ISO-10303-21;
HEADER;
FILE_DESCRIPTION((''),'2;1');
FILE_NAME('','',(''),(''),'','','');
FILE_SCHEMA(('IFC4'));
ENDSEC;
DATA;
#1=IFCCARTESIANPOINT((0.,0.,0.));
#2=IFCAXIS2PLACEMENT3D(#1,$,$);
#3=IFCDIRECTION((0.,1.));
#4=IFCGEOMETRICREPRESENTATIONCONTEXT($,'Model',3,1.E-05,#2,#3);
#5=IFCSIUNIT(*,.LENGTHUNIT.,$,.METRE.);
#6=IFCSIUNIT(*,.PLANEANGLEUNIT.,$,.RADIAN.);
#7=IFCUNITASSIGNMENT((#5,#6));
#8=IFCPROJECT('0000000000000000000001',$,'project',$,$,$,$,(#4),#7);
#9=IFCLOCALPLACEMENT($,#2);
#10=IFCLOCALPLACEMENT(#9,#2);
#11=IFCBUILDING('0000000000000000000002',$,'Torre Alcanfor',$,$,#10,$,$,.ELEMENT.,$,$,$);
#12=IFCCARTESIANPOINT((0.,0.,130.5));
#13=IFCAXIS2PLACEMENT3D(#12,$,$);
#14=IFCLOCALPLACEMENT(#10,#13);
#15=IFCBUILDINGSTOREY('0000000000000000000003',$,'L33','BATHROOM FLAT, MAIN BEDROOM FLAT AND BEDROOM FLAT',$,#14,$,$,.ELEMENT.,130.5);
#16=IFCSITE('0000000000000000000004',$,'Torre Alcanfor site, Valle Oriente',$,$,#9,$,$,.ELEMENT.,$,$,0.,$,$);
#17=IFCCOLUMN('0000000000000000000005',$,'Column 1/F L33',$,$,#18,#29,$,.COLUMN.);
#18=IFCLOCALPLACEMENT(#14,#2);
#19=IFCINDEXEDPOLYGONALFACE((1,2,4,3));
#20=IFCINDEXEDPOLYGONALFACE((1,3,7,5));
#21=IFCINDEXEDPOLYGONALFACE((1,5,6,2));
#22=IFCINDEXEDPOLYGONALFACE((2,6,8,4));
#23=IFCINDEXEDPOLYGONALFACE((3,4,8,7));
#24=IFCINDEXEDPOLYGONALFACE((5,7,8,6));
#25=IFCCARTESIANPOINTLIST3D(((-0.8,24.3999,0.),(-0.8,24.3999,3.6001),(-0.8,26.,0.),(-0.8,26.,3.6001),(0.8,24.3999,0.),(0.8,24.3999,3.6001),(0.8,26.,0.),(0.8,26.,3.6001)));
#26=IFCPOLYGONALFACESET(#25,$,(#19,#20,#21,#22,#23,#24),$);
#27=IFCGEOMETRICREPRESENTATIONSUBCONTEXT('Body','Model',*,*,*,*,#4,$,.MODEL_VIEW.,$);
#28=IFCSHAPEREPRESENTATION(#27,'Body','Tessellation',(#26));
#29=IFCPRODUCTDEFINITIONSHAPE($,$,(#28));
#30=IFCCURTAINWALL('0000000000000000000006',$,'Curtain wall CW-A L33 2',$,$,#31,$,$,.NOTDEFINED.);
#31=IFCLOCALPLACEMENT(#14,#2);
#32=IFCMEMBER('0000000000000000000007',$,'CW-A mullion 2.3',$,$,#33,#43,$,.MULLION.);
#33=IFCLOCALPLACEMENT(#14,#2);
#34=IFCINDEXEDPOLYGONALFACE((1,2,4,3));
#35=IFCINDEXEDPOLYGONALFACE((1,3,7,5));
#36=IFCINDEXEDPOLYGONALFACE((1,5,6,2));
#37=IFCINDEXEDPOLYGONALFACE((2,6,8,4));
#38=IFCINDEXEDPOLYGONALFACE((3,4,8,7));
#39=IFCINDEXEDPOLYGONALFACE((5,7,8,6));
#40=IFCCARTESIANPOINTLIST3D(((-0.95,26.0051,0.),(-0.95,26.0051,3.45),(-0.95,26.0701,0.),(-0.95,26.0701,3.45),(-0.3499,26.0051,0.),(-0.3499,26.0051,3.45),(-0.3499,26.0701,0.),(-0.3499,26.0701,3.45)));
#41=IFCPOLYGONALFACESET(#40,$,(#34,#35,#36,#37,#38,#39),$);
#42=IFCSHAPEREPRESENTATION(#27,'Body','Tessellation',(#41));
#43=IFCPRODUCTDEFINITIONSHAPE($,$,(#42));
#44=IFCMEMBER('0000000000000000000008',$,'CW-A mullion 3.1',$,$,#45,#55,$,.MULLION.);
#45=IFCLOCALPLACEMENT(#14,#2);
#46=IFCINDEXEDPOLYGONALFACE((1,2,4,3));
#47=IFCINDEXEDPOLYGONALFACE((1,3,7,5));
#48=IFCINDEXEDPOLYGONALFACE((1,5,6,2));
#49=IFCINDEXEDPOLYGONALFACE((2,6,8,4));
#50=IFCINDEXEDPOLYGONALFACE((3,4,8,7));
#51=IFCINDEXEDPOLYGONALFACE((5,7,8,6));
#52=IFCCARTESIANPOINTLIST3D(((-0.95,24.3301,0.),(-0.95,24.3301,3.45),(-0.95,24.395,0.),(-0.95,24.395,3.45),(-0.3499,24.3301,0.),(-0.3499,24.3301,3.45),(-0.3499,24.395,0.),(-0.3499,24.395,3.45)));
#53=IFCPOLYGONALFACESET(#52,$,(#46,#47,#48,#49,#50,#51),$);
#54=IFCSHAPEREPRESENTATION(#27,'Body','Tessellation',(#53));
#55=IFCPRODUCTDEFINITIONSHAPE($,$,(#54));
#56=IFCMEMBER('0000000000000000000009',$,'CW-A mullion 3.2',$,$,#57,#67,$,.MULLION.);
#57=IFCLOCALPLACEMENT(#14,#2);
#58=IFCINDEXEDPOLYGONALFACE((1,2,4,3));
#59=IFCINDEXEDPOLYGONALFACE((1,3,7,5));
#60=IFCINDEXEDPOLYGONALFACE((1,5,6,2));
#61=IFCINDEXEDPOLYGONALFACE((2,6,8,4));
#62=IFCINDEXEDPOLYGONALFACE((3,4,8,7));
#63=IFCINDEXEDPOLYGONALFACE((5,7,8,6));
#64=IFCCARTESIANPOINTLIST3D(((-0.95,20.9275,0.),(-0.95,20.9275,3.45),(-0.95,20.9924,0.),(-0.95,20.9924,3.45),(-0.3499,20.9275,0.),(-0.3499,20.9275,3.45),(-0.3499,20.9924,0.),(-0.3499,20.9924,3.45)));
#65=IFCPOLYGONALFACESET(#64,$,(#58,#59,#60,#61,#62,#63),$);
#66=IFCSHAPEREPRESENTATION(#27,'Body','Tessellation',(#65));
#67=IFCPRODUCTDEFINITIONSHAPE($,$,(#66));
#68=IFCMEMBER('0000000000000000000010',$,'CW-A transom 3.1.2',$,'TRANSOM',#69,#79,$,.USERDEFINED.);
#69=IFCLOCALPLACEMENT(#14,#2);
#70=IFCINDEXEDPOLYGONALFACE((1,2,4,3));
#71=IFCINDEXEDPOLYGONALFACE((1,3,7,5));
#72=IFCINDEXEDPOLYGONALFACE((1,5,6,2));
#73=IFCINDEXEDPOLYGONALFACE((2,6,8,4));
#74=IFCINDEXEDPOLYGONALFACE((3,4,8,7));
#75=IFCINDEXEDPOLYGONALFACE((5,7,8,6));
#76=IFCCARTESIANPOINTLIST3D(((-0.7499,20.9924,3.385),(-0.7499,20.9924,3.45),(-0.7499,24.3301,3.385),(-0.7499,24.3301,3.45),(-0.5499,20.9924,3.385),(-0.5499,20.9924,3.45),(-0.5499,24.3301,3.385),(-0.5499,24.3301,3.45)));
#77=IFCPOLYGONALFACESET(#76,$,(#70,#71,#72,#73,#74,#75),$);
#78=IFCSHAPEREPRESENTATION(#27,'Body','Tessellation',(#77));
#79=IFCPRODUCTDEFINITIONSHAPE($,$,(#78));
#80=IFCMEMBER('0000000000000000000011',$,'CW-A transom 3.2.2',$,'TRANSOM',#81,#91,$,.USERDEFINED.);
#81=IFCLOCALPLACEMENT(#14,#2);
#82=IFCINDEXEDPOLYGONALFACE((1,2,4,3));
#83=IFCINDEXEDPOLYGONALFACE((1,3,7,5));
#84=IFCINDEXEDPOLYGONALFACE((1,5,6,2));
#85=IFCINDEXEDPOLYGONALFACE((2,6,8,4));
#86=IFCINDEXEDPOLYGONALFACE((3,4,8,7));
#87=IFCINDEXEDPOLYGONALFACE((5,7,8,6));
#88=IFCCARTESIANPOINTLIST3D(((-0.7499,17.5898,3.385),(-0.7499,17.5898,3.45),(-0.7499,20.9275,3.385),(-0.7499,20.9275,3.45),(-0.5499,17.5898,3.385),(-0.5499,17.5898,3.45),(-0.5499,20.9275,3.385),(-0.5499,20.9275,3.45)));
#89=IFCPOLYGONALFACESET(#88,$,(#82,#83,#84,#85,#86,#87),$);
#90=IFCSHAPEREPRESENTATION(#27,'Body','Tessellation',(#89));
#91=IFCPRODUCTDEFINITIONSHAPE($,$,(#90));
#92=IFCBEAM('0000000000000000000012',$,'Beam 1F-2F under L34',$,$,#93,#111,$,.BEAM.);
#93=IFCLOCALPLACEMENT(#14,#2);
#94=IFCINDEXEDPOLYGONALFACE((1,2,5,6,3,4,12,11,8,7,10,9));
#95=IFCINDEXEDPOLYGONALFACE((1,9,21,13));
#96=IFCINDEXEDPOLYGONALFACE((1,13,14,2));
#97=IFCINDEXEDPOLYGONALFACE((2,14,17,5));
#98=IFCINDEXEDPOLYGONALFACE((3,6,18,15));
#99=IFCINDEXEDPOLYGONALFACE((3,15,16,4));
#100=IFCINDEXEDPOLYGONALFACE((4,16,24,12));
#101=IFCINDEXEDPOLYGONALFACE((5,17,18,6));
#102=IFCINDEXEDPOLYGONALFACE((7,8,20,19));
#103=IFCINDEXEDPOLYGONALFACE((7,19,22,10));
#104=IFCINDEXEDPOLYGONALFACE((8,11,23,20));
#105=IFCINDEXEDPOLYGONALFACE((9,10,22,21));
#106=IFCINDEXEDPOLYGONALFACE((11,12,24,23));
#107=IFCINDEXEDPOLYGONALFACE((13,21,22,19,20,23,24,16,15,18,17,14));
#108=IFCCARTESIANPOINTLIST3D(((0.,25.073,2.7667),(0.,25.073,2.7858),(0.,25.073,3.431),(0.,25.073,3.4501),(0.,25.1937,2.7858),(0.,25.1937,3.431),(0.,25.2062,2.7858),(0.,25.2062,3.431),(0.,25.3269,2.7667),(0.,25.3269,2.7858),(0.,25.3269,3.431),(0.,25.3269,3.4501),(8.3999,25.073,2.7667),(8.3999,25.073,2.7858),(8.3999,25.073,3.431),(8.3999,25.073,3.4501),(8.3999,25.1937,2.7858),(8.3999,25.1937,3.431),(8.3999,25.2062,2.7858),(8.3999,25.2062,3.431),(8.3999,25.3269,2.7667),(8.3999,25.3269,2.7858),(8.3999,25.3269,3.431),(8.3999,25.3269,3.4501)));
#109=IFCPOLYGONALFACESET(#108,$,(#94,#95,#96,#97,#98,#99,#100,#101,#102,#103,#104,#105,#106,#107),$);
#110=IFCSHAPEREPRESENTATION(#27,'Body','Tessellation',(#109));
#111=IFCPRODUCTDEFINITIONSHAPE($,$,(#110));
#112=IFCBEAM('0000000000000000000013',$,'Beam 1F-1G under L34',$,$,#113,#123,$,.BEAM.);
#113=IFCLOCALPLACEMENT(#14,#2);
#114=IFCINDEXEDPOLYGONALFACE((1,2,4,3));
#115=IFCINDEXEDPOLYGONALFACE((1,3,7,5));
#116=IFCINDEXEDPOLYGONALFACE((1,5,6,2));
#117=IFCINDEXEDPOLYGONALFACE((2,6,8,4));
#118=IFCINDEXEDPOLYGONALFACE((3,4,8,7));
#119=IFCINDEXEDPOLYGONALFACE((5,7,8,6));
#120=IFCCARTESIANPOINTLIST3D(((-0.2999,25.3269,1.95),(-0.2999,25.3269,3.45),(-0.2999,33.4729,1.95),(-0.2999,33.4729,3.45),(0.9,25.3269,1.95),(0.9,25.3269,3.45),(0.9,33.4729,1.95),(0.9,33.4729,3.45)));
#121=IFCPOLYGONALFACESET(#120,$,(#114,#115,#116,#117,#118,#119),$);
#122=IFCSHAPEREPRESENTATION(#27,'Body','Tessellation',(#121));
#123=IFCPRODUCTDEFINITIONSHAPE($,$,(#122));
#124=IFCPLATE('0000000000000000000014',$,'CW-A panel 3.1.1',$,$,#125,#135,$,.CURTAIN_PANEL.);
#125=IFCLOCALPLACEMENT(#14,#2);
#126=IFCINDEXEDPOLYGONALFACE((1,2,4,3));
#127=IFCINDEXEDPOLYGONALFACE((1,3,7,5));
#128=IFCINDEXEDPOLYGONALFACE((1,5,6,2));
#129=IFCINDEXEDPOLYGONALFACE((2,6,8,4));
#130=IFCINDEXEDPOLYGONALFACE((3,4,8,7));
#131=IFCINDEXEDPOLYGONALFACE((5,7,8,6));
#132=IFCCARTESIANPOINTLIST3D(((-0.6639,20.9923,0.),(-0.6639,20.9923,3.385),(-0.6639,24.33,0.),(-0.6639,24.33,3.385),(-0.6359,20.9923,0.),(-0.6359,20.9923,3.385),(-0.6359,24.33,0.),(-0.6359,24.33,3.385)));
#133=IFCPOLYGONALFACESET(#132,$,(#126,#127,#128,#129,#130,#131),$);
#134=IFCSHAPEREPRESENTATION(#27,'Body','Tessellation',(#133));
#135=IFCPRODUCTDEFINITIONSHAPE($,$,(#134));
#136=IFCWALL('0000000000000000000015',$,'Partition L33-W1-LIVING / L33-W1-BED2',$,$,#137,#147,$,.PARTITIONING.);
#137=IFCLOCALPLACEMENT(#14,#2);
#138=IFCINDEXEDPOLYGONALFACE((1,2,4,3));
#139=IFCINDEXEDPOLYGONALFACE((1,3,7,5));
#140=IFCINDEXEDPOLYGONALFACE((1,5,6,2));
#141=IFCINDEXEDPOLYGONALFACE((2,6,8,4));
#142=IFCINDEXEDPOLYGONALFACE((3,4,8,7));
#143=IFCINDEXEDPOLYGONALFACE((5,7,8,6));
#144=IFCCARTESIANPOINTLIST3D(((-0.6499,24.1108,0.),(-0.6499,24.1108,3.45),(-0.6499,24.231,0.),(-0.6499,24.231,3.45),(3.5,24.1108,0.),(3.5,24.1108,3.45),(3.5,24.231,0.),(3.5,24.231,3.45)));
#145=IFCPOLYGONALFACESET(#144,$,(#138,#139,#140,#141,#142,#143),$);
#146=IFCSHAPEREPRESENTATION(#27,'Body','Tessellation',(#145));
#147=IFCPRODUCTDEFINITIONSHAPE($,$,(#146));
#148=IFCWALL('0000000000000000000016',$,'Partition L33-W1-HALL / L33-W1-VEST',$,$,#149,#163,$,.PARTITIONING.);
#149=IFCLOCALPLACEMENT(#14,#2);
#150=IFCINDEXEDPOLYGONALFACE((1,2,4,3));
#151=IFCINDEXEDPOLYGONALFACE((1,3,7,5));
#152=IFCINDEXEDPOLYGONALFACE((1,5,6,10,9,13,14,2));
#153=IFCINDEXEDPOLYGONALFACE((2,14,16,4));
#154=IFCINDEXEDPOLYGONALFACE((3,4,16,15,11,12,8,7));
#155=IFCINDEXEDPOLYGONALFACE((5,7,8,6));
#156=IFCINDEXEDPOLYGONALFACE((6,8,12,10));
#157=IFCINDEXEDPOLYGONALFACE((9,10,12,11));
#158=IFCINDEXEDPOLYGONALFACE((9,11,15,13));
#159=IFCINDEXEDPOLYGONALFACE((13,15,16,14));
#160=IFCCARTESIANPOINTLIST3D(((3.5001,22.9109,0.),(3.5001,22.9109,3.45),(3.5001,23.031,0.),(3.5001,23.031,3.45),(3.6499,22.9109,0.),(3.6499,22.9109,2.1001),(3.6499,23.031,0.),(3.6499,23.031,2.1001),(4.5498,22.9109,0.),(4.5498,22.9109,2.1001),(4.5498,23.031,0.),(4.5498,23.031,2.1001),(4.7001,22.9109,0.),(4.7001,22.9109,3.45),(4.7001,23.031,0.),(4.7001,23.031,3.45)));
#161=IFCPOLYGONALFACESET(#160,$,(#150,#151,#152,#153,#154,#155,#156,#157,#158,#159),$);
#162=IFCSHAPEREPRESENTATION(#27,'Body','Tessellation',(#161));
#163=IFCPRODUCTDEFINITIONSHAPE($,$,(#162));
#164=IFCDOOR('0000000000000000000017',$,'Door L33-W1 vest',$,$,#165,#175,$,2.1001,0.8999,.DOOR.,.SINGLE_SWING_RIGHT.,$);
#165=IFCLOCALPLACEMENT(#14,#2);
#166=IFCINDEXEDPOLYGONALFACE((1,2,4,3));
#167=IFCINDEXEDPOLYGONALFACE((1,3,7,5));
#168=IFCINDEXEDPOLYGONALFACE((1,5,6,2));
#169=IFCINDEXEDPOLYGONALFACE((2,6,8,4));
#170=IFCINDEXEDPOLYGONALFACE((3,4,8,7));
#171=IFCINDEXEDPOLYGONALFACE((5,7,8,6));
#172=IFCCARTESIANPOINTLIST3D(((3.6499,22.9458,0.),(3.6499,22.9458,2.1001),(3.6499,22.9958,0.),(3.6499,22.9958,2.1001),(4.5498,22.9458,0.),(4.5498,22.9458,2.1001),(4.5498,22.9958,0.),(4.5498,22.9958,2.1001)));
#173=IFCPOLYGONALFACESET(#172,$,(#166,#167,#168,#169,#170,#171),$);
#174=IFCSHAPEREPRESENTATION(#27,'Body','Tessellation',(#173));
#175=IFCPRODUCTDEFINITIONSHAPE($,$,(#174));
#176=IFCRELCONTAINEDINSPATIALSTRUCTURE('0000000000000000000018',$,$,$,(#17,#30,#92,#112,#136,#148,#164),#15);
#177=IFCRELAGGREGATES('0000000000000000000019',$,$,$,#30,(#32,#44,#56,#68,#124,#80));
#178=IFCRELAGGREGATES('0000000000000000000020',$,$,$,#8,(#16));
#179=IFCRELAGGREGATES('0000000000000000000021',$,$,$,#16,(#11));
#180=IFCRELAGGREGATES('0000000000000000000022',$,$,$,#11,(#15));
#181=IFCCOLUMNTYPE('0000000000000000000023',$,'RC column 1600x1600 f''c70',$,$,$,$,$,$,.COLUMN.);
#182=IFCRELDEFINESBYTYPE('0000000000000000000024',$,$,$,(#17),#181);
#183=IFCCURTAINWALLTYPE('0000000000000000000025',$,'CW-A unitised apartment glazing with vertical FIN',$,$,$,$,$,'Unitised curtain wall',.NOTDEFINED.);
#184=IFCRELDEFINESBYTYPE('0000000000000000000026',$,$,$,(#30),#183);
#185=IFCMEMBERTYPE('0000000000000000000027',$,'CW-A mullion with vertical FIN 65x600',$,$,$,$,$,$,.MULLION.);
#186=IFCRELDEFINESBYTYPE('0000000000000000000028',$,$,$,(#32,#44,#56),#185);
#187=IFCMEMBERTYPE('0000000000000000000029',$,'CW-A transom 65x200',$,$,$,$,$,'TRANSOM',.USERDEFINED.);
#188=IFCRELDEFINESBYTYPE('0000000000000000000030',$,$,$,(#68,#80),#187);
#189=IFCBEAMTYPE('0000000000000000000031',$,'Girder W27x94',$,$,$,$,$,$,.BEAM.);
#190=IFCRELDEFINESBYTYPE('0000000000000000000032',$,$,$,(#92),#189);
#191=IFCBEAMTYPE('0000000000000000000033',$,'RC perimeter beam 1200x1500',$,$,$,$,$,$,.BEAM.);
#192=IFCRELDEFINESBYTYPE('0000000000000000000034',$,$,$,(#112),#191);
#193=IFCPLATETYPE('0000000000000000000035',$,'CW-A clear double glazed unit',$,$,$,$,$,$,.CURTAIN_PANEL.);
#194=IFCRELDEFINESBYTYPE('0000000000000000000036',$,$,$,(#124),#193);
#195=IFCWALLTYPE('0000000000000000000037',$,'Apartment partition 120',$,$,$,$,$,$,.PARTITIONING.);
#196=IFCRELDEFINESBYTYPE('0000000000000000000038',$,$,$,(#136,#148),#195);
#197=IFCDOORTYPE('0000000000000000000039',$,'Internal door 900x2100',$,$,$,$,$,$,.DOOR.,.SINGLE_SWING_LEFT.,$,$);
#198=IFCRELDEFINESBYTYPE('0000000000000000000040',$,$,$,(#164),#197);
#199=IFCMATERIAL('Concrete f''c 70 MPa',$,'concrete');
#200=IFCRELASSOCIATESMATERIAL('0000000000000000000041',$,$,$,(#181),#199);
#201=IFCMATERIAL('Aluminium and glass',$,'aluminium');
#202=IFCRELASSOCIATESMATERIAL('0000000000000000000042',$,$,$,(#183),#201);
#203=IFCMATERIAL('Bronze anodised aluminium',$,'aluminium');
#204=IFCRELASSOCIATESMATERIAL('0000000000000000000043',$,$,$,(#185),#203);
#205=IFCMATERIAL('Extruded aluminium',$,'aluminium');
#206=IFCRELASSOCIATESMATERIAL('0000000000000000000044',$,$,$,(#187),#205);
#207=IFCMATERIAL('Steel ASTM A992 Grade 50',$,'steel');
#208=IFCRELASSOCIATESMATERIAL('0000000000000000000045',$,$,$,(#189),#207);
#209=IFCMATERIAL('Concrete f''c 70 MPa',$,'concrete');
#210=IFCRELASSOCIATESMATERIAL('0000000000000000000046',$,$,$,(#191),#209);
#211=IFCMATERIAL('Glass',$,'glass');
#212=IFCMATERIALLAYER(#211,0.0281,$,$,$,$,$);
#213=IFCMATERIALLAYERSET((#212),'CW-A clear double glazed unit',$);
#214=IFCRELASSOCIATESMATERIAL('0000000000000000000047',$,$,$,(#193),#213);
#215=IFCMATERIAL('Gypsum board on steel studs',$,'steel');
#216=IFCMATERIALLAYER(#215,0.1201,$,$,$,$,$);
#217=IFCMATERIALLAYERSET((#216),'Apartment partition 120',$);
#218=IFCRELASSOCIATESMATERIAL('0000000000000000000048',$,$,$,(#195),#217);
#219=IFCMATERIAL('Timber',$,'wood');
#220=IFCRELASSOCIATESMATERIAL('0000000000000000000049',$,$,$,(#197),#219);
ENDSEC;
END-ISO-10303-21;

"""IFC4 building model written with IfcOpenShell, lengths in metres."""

from ifc_helpers import new_model, si_unit, direction, frame, frame_2d, origin, origin_2d, place, context, subcontext, project, spatial, rectangle, i_section, extrude, material, layer, layer_set, material_profile, profile_set, type_object, element, fill, aggregate, save


model = new_model("IFC4")

# Units and contexts
model_context = context("Model", 3, precision=1e-05, world=origin(), true_north=direction((0.0, 1.0)))
body_context = subcontext(model_context, "Body", "Model", "MODEL_VIEW")
ifc_project = project(units=[si_unit("LENGTHUNIT", "METRE"), si_unit("PLANEANGLEUNIT", "RADIAN")], contexts=[model_context])

# Site, building, storey
site_placement = place(None, origin())
site = spatial("IfcSite", under=ifc_project, at=site_placement, Name="Torre Alcanfor site, Valle Oriente", CompositionType="ELEMENT", RefElevation=0.0)
building_placement = place(site_placement, origin())
building = spatial("IfcBuilding", under=site, at=building_placement, Name="Torre Alcanfor", CompositionType="ELEMENT")
storey_placement = place(building_placement, frame((0.0, 0.0, 130.5)))
storey = spatial("IfcBuildingStorey", under=building, at=storey_placement, Name="L33", Description="BATHROOM FLAT, MAIN BEDROOM FLAT AND BEDROOM FLAT", CompositionType="ELEMENT", Elevation=130.5)

# Column
ifc_material_1 = material(Name="Concrete f'c 70 MPa", Category="concrete")
ifc_material_profile_1 = material_profile(ifc_material_1, rectangle(XDim=1.6001, YDim=1.6001, at=origin_2d()), Name="1600x1600")
ifc_profile_set_1 = profile_set([ifc_material_profile_1], Name="Concrete f'c 70 MPa")
column_type = type_object("IfcColumnType", Name="RC column 1600x1600 f'c70", PredefinedType="COLUMN", material=ifc_profile_set_1)
column_placement = place(storey_placement, frame((0.0, 25.2, 0.0), z_axis=(0.0, 0.0, 1.0), x_axis=(1.0, 0.0, 0.0)))
element("IfcColumn", 1, at=column_placement, inside=storey, type_object=column_type, Name="Column 1/F L33", PredefinedType="COLUMN", context=body_context, shape_type="SweptSolid", body=[
    extrude(rectangle(XDim=1.6001, YDim=1.6001, at=origin_2d()), origin(), (0.0, 0.0, 1.0), 3.6001),
])

# Curtain wall, members
ifc_material_2 = material(Name="Aluminium and glass", Category="aluminium")
curtain_wall_type = type_object("IfcCurtainWallType", Name="CW-A unitised apartment glazing with vertical FIN", ElementType="Unitised curtain wall", PredefinedType="NOTDEFINED", material=ifc_material_2)
curtain_wall_placement = place(storey_placement, origin())
curtain_wall = element("IfcCurtainWall", 2, at=curtain_wall_placement, inside=storey, type_object=curtain_wall_type, Name="Curtain wall CW-A L33 2", PredefinedType="NOTDEFINED")
ifc_material_3 = material(Name="Bronze anodised aluminium", Category="aluminium")
ifc_material_profile_2 = material_profile(ifc_material_3, rectangle(XDim=0.6001, YDim=0.0649, at=origin_2d()), Name="CW-A mullion 65x600")
ifc_profile_set_2 = profile_set([ifc_material_profile_2], Name="Bronze anodised aluminium")
member_type_1 = type_object("IfcMemberType", Name="CW-A mullion with vertical FIN 65x600", PredefinedType="MULLION", material=ifc_profile_set_2)
member_1_placement = place(storey_placement, frame((-0.6499, 26.0376, 0.0), z_axis=(0.0, 0.0, 1.0), x_axis=(1.0, 0.0, 0.0)))
member_1 = element("IfcMember", 3, at=member_1_placement, type_object=member_type_1, Name="CW-A mullion 2.3", PredefinedType="MULLION", context=body_context, shape_type="SweptSolid", body=[
    extrude(rectangle(XDim=0.6001, YDim=0.0649, at=origin_2d()), origin(), (0.0, 0.0, 1.0), 3.45),
])
member_2_placement = place(storey_placement, frame((-0.6499, 24.3625, 0.0), z_axis=(0.0, 0.0, 1.0), x_axis=(1.0, 0.0, 0.0)))
member_2 = element("IfcMember", 4, at=member_2_placement, type_object=member_type_1, Name="CW-A mullion 3.1", PredefinedType="MULLION", context=body_context, shape_type="SweptSolid", body=[
    extrude(rectangle(XDim=0.6001, YDim=0.0649, at=origin_2d()), origin(), (0.0, 0.0, 1.0), 3.45),
])
member_3_placement = place(storey_placement, frame((-0.6499, 20.96, 0.0), z_axis=(0.0, 0.0, 1.0), x_axis=(1.0, 0.0, 0.0)))
member_3 = element("IfcMember", 5, at=member_3_placement, type_object=member_type_1, Name="CW-A mullion 3.2", PredefinedType="MULLION", context=body_context, shape_type="SweptSolid", body=[
    extrude(rectangle(XDim=0.6001, YDim=0.0649, at=origin_2d()), origin(), (0.0, 0.0, 1.0), 3.45),
])
ifc_material_4 = material(Name="Extruded aluminium", Category="aluminium")
ifc_material_profile_3 = material_profile(ifc_material_4, rectangle(XDim=0.2, YDim=0.0649, at=origin_2d()), Name="CW-A transom 200x65")
ifc_profile_set_3 = profile_set([ifc_material_profile_3], Name="Extruded aluminium")
member_type_2 = type_object("IfcMemberType", Name="CW-A transom 65x200", ElementType="TRANSOM", PredefinedType="USERDEFINED", material=ifc_profile_set_3)
member_4_placement = place(storey_placement, frame((-0.6499, 24.3301, 3.4175), z_axis=(0.0, -1.0, 0.0), x_axis=(1.0, 0.0, 0.0)))
member_4 = element("IfcMember", 6, at=member_4_placement, type_object=member_type_2, Name="CW-A transom 3.1.2", ObjectType="TRANSOM", PredefinedType="USERDEFINED", context=body_context, shape_type="SweptSolid", body=[
    extrude(rectangle(XDim=0.2, YDim=0.0649, at=origin_2d()), origin(), (0.0, 0.0, 1.0), 3.3376),
])
member_5_placement = place(storey_placement, frame((-0.6499, 20.9275, 3.4175), z_axis=(0.0, -1.0, 0.0), x_axis=(1.0, 0.0, 0.0)))
member_5 = element("IfcMember", 7, at=member_5_placement, type_object=member_type_2, Name="CW-A transom 3.2.2", ObjectType="TRANSOM", PredefinedType="USERDEFINED", context=body_context, shape_type="SweptSolid", body=[
    extrude(rectangle(XDim=0.2, YDim=0.0649, at=origin_2d()), origin(), (0.0, 0.0, 1.0), 3.3376),
])

# Beams
ifc_material_5 = material(Name="Steel ASTM A992 Grade 50", Category="steel")
ifc_material_profile_4 = material_profile(ifc_material_5, i_section(OverallWidth=0.2539, OverallDepth=0.6833, WebThickness=0.0125, FlangeThickness=0.019, at=origin_2d()), Name="W27x94")
ifc_profile_set_4 = profile_set([ifc_material_profile_4], Name="Steel ASTM A992 Grade 50")
beam_type_1 = type_object("IfcBeamType", Name="Girder W27x94", PredefinedType="BEAM", material=ifc_profile_set_4)
beam_1_placement = place(storey_placement, frame((0.0, 25.2, 3.1084), z_axis=(1.0, 0.0, 0.0), x_axis=(0.0, 1.0, 0.0)))
element("IfcBeam", 8, at=beam_1_placement, inside=storey, type_object=beam_type_1, Name="Beam 1F-2F under L34", PredefinedType="BEAM", context=body_context, shape_type="SweptSolid", body=[
    extrude(i_section(OverallWidth=0.2539, OverallDepth=0.6833, WebThickness=0.0125, FlangeThickness=0.019, at=origin_2d()), origin(), (0.0, 0.0, 1.0), 8.3999),
])
ifc_material_6 = material(Name="Concrete f'c 70 MPa", Category="concrete")
ifc_material_profile_5 = material_profile(ifc_material_6, rectangle(XDim=1.2, YDim=1.5, at=origin_2d()), Name="1200x1500")
ifc_profile_set_5 = profile_set([ifc_material_profile_5], Name="Concrete f'c 70 MPa")
beam_type_2 = type_object("IfcBeamType", Name="RC perimeter beam 1200x1500", PredefinedType="BEAM", material=ifc_profile_set_5)
beam_2_placement = place(storey_placement, frame((0.3, 25.3269, 2.7), z_axis=(0.0, 1.0, 0.0), x_axis=(-1.0, 0.0, 0.0)))
element("IfcBeam", 9, at=beam_2_placement, inside=storey, type_object=beam_type_2, Name="Beam 1F-1G under L34", PredefinedType="BEAM", context=body_context, shape_type="SweptSolid", body=[
    extrude(rectangle(XDim=1.2, YDim=1.5, at=origin_2d()), origin(), (0.0, 0.0, 1.0), 8.146),
])

# Plate
ifc_material_7 = material(Name="Glass", Category="glass")
ifc_layer_1 = layer(ifc_material_7, 0.0281)
ifc_layer_set_1 = layer_set([ifc_layer_1], Name="CW-A clear double glazed unit")
plate_type = type_object("IfcPlateType", Name="CW-A clear double glazed unit", PredefinedType="CURTAIN_PANEL", material=ifc_layer_set_1)
plate_placement = place(storey_placement, frame((-0.6499, 22.6611, 0.0), z_axis=(0.0, 0.0, 1.0), x_axis=(0.0, -1.0, 0.0)))
plate = element("IfcPlate", 10, at=plate_placement, type_object=plate_type, Name="CW-A panel 3.1.1", PredefinedType="CURTAIN_PANEL", context=body_context, shape_type="SweptSolid", body=[
    extrude(rectangle(XDim=3.3376, YDim=0.0281, at=origin_2d()), origin(), (0.0, 0.0, 1.0), 3.385),
])
aggregate(curtain_wall, [member_1, member_2, member_3, member_4, plate, member_5])

# Wall
ifc_material_8 = material(Name="Gypsum board on steel studs", Category="steel")
ifc_layer_2 = layer(ifc_material_8, 0.1201)
ifc_layer_set_2 = layer_set([ifc_layer_2], Name="Apartment partition 120")
wall_type = type_object("IfcWallType", Name="Apartment partition 120", PredefinedType="PARTITIONING", material=ifc_layer_set_2)
wall_1_placement = place(storey_placement, frame((-0.6499, 24.1709, 0.0), z_axis=(0.0, 0.0, 1.0), x_axis=(1.0, 0.0, 0.0)))
element("IfcWall", 11, at=wall_1_placement, inside=storey, type_object=wall_type, Name="Partition L33-W1-LIVING / L33-W1-BED2", PredefinedType="PARTITIONING", context=body_context, shape_type="SweptSolid", body=[
    extrude(rectangle(XDim=4.1499, YDim=0.1201, at=frame_2d((2.075, 0.0))), origin(), (0.0, 0.0, 1.0), 3.45),
])

# Wall, opening, door
wall_2_placement = place(storey_placement, frame((3.5, 22.9709, 0.0), z_axis=(0.0, 0.0, 1.0), x_axis=(1.0, 0.0, 0.0)))
wall_2 = element("IfcWall", 12, at=wall_2_placement, inside=storey, type_object=wall_type, Name="Partition L33-W1-HALL / L33-W1-VEST", PredefinedType="PARTITIONING", context=body_context, shape_type="SweptSolid", body=[
    extrude(rectangle(XDim=1.2, YDim=0.1201, at=frame_2d((0.6001, 0.0))), origin(), (0.0, 0.0, 1.0), 3.45),
])
opening_1_placement = place(wall_2_placement, frame((0.1499, 0.0, 0.0)))
opening_1 = element("IfcOpeningElement", 13, at=opening_1_placement, cuts=wall_2, PredefinedType="OPENING", context=body_context, shape_type="SweptSolid", body=[
    extrude(rectangle(XDim=0.8999, YDim=2.1001, at=frame_2d((0.45, 1.05))), frame((0.0, 0.0701, 0.0), z_axis=(0.0, -1.0, 0.0), x_axis=(1.0, 0.0, 0.0)), (0.0, 0.0, 1.0), 0.1401),
])
ifc_material_9 = material(Name="Timber", Category="wood")
door_type = type_object("IfcDoorType", Name="Internal door 900x2100", OperationType="SINGLE_SWING_LEFT", PredefinedType="DOOR", material=ifc_material_9)
door_1_placement = place(opening_1_placement, frame((0.8999, 0.0, 0.0), z_axis=(0.0, 0.0, 1.0), x_axis=(-1.0, 0.0, 0.0)))
door_1 = element("IfcDoor", 14, at=door_1_placement, inside=storey, type_object=door_type, Name="Door L33-W1 vest", OperationType="SINGLE_SWING_RIGHT", OverallHeight=2.1001, OverallWidth=0.8999, PredefinedType="DOOR", context=body_context, shape_type="SweptSolid", body=[
    extrude(rectangle(XDim=0.8999, YDim=2.1001, at=frame_2d((0.45, 1.05))), frame((0.0, 0.0251, 0.0), z_axis=(0.0, -1.0, 0.0), x_axis=(1.0, 0.0, 0.0)), (0.0, 0.0, 1.0), 0.05),
])
fill(opening_1, door_1)

save(model, "model.ifc")
